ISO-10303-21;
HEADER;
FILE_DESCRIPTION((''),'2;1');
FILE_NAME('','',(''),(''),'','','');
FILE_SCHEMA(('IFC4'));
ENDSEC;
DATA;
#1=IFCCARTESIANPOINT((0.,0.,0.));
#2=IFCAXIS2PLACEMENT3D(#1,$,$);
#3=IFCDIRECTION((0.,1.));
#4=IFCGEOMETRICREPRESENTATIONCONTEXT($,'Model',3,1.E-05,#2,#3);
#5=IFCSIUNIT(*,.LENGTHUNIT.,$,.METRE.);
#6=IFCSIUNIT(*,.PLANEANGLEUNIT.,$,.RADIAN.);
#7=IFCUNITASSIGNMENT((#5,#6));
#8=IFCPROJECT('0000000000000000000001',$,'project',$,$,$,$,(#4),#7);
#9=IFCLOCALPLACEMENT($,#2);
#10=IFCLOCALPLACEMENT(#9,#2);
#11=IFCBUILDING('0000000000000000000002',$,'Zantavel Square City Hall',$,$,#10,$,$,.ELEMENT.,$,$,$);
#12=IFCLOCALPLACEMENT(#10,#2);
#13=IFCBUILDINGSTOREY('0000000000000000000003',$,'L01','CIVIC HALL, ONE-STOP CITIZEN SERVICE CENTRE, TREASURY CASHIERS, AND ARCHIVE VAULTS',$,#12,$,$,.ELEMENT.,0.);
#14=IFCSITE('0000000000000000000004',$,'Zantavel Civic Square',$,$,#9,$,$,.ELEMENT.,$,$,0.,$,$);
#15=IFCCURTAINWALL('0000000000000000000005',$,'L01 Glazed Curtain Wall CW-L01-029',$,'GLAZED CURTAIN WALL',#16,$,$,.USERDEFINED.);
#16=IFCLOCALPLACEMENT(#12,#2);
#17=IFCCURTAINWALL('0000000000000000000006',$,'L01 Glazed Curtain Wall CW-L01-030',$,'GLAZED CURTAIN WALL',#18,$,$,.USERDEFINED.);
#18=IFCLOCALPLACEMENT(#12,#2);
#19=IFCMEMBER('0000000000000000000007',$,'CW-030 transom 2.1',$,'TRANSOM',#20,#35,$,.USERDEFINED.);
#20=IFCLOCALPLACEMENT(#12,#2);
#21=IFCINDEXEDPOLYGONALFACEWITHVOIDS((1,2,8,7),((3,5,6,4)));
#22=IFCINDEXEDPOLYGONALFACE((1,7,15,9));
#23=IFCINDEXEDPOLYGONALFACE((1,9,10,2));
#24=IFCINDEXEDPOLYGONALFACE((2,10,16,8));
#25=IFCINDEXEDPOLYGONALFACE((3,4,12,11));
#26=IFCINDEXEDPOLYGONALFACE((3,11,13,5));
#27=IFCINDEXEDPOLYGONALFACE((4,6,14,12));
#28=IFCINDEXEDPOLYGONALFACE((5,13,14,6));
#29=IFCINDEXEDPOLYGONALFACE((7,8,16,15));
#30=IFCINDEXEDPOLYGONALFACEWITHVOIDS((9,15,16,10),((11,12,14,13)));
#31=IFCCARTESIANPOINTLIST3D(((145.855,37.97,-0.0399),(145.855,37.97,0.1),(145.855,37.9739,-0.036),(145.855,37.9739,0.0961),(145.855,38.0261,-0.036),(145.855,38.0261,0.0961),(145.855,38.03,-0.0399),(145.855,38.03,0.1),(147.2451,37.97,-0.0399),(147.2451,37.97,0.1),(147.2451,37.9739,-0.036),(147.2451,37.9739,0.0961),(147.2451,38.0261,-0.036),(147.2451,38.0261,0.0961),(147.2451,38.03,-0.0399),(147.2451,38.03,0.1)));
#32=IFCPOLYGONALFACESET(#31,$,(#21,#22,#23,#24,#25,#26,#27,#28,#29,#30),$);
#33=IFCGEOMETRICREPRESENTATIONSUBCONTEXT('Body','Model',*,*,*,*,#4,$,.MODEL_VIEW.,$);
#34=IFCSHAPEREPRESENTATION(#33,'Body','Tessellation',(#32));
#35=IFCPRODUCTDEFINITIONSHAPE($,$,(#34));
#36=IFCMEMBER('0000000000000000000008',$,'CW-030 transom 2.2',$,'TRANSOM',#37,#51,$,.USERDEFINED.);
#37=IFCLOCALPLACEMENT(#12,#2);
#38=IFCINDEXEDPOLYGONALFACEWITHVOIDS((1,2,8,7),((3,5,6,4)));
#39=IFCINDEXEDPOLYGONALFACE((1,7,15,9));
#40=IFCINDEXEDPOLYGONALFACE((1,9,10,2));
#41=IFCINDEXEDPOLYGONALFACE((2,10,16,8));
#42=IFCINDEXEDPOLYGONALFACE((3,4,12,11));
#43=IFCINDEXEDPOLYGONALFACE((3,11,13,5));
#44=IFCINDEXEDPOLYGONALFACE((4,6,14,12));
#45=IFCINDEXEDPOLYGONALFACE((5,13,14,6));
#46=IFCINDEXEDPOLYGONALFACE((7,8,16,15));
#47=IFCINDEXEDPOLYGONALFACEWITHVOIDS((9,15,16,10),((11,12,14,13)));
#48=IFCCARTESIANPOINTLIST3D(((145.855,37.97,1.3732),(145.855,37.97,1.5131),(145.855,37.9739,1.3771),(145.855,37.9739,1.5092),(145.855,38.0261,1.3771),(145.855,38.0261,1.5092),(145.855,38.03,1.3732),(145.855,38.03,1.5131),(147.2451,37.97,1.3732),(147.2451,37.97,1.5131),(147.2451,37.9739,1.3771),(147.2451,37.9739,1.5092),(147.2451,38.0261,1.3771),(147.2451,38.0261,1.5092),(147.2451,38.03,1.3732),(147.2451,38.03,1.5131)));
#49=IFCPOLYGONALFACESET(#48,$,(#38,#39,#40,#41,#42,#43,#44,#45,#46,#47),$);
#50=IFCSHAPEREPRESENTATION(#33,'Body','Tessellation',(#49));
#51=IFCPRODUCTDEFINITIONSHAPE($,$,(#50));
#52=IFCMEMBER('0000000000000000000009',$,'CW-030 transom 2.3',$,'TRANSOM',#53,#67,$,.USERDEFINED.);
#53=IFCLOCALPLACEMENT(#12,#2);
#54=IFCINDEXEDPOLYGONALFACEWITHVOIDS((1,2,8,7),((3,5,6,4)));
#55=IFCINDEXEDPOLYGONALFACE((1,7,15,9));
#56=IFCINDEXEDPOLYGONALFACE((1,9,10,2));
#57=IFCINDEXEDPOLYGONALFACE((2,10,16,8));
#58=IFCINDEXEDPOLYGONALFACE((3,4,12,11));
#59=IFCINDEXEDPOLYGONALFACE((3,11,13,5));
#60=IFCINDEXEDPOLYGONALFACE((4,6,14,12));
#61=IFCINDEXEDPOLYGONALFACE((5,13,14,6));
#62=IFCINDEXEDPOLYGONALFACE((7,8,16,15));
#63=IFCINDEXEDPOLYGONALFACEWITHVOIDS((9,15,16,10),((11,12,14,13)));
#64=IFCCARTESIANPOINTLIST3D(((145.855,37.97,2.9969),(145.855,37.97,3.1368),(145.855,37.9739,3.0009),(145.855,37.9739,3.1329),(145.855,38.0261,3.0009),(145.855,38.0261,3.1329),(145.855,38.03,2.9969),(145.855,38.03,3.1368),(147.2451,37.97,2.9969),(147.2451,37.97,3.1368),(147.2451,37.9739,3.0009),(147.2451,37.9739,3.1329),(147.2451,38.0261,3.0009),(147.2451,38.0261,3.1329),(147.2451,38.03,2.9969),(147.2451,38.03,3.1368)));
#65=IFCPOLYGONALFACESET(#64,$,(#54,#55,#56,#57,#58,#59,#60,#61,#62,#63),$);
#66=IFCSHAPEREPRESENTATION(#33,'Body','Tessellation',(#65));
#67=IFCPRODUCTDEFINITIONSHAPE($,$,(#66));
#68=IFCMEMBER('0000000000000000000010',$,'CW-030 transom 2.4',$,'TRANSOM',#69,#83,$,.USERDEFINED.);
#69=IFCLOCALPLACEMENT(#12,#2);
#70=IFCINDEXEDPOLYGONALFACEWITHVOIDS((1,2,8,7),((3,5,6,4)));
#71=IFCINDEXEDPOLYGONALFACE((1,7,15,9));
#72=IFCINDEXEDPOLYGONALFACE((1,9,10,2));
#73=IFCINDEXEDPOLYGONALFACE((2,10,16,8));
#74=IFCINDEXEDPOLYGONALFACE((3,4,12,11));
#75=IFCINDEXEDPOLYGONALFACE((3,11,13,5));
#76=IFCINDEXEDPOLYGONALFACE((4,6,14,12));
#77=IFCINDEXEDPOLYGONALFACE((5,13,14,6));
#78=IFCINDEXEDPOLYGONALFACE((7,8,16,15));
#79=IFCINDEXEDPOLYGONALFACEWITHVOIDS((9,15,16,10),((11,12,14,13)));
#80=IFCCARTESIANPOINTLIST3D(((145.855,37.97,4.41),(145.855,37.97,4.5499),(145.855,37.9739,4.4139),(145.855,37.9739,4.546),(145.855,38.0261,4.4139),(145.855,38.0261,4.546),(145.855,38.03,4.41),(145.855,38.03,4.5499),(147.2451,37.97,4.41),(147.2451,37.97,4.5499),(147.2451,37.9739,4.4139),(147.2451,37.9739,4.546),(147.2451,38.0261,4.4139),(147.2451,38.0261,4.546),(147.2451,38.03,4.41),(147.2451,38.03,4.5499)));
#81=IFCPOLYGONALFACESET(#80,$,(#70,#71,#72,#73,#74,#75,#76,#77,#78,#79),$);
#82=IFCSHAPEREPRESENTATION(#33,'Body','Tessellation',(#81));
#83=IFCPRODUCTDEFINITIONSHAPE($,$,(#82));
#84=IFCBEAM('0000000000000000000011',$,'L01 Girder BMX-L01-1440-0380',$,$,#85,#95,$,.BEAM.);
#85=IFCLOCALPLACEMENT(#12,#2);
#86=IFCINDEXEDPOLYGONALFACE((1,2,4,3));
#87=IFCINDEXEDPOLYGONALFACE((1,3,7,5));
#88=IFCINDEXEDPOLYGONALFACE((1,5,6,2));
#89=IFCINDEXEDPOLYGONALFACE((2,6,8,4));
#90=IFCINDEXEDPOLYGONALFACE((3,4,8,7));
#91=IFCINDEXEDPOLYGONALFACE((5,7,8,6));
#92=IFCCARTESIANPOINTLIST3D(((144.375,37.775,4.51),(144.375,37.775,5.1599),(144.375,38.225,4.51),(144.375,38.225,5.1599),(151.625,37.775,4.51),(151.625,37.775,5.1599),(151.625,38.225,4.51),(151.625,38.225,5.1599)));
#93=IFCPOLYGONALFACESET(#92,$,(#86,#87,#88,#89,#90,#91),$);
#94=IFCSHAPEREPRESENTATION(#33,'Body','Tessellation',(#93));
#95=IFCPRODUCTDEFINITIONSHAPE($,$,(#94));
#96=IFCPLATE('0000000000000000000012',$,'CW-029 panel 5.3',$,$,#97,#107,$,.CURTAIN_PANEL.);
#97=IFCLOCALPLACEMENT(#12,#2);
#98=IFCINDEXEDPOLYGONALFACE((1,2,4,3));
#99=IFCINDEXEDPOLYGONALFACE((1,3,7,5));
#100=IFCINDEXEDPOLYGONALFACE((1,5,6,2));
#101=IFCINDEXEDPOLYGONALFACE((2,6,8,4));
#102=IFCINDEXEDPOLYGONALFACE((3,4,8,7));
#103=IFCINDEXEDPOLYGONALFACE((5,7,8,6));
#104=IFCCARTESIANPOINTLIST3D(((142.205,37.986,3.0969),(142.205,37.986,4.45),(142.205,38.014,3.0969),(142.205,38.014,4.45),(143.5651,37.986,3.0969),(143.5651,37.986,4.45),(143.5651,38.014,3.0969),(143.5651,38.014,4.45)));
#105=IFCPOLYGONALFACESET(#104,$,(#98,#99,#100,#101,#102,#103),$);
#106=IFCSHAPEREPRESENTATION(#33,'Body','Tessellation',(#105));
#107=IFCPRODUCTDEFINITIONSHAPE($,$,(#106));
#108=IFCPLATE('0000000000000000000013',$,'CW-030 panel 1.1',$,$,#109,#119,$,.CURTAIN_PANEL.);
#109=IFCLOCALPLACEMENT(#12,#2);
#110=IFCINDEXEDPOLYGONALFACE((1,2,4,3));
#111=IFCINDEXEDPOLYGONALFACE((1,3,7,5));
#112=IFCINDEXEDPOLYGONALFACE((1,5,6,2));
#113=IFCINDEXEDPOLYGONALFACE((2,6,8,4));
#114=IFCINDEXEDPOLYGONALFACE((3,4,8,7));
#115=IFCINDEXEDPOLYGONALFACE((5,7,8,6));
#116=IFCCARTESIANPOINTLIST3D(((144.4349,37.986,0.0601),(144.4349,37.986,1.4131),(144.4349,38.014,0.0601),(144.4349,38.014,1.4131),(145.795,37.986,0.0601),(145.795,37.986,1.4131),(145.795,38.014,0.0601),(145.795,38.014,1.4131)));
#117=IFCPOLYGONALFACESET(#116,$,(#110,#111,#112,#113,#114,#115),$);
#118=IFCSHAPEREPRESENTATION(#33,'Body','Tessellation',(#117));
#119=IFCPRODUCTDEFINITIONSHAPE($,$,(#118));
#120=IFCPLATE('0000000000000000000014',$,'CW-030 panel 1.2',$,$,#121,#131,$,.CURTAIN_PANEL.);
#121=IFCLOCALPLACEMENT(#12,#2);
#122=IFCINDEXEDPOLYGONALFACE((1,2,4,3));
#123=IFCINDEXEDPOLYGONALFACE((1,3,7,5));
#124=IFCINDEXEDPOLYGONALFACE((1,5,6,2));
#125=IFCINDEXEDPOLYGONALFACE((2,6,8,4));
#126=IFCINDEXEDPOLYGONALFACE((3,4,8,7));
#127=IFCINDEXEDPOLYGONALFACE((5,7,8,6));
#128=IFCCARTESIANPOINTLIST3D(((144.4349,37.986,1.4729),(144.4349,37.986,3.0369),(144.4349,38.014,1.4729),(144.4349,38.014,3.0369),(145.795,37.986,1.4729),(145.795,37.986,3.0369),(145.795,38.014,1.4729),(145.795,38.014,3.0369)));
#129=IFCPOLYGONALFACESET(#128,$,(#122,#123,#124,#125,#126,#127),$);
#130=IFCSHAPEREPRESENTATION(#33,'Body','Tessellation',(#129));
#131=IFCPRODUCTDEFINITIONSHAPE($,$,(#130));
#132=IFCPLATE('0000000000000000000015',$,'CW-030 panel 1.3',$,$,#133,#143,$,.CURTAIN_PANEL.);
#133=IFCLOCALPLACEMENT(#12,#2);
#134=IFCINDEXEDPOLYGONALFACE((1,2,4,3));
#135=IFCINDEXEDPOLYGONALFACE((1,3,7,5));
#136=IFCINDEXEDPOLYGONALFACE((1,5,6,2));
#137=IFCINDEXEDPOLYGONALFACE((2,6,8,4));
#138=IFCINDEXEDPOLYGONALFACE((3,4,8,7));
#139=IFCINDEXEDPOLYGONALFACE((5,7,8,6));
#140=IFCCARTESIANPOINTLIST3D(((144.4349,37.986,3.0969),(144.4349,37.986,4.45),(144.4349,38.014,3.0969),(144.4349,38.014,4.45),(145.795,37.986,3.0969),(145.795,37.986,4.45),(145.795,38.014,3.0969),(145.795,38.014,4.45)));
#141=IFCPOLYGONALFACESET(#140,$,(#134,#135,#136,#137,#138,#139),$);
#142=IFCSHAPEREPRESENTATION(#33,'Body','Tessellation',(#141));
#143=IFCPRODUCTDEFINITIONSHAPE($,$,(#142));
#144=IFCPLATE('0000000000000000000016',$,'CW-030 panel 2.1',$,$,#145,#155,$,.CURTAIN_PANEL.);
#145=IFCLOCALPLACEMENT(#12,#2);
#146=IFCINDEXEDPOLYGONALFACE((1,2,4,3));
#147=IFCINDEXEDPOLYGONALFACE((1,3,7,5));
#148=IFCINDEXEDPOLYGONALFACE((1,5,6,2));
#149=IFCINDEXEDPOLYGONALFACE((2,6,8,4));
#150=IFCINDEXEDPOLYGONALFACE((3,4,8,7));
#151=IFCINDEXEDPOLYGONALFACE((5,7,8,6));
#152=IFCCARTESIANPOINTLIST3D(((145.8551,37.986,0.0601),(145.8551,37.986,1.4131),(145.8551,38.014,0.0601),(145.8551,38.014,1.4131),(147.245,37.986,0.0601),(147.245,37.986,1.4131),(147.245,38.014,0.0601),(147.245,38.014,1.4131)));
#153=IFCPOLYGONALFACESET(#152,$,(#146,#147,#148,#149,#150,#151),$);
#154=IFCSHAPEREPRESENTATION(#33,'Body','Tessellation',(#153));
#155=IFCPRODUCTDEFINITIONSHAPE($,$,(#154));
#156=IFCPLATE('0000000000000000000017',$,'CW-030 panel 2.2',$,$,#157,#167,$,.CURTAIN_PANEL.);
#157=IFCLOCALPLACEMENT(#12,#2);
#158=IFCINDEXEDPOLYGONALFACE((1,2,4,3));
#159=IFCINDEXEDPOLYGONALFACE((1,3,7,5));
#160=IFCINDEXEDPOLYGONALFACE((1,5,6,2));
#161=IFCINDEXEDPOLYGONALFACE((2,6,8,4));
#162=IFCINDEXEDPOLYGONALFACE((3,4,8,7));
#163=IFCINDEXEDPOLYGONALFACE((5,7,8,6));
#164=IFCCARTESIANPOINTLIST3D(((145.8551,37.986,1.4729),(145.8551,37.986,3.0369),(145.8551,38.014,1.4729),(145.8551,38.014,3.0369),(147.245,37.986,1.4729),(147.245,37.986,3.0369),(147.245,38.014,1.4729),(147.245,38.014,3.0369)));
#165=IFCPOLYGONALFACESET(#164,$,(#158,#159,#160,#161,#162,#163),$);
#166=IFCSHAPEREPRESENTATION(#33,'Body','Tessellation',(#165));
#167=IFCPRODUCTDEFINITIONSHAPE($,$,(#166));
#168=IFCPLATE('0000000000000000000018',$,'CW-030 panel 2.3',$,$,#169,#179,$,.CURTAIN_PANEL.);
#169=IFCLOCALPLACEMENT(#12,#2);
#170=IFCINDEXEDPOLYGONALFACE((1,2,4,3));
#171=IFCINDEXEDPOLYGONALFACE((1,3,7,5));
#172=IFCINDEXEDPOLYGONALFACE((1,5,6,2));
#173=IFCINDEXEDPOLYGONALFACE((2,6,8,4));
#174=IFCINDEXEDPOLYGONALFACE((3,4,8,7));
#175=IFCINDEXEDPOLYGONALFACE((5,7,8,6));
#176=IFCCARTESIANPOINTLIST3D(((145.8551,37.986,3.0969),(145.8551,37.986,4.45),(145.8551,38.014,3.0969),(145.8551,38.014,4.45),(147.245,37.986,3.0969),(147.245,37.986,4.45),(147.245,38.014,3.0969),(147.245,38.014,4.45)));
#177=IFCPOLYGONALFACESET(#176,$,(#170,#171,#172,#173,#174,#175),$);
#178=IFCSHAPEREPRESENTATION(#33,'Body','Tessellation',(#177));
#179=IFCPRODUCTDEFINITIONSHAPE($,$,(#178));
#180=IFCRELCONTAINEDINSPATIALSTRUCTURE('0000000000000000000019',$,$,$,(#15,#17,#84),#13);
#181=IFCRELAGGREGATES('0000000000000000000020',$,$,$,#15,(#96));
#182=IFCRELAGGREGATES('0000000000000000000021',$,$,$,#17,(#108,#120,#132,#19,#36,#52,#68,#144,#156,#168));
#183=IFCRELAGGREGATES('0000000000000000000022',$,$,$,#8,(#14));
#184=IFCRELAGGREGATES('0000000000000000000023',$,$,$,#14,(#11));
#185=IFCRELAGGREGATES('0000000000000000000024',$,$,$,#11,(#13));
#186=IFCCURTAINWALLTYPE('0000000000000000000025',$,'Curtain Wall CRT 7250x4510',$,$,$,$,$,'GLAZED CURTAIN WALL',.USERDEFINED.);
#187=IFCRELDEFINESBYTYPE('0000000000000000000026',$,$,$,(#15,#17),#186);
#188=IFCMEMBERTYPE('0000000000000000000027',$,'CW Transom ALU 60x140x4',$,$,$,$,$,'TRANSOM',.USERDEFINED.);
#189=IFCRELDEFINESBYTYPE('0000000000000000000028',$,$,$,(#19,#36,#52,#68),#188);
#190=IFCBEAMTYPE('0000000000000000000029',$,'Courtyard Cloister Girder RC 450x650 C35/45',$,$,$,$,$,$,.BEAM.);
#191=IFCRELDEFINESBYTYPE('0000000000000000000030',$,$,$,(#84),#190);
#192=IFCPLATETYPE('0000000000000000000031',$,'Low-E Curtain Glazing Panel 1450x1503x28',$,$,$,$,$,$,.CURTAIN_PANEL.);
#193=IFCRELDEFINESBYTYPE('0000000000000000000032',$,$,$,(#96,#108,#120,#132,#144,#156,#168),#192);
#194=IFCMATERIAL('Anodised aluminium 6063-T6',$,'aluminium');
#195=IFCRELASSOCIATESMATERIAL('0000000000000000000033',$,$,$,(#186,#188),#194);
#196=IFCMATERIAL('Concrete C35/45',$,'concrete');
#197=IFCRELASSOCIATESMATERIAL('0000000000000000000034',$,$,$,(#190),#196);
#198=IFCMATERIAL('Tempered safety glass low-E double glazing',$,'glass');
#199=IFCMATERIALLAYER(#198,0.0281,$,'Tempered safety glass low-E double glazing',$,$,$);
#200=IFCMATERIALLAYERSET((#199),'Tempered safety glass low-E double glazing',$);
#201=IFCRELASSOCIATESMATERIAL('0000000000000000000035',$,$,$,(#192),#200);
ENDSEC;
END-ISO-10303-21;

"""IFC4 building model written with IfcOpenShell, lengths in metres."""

from ifc_helpers import new_model, si_unit, direction, frame, origin, origin_2d, place, context, subcontext, project, spatial, rectangle, hollow_rectangle, extrude, material, layer, layer_set, material_profile, profile_set, type_object, element, aggregate, save


model = new_model("IFC4")

# Units and contexts
model_context = context("Model", 3, precision=1e-05, world=origin(), true_north=direction((0.0, 1.0)))
body_context = subcontext(model_context, "Body", "Model", "MODEL_VIEW")
ifc_project = project(units=[si_unit("LENGTHUNIT", "METRE"), si_unit("PLANEANGLEUNIT", "RADIAN")], contexts=[model_context])

# Site, building, storey
site_placement = place(None, origin())
site = spatial("IfcSite", under=ifc_project, at=site_placement, Name="Zantavel Civic Square", CompositionType="ELEMENT", RefElevation=0.0)
building_placement = place(site_placement, origin())
building = spatial("IfcBuilding", under=site, at=building_placement, Name="Zantavel Square City Hall", CompositionType="ELEMENT")
storey_placement = place(building_placement, origin())
storey = spatial("IfcBuildingStorey", under=building, at=storey_placement, Name="L01", Description="CIVIC HALL, ONE-STOP CITIZEN SERVICE CENTRE, TREASURY CASHIERS, AND ARCHIVE VAULTS", CompositionType="ELEMENT", Elevation=0.0)

# Curtain wall
ifc_material_1 = material(Name="Anodised aluminium 6063-T6", Category="aluminium")
curtain_wall_type = type_object("IfcCurtainWallType", Name="Curtain Wall CRT 7250x4510", ElementType="GLAZED CURTAIN WALL", PredefinedType="USERDEFINED", material=ifc_material_1)
curtain_wall_1_placement = place(storey_placement, origin())
curtain_wall_1 = element("IfcCurtainWall", 1, at=curtain_wall_1_placement, inside=storey, type_object=curtain_wall_type, Name="L01 Glazed Curtain Wall CW-L01-029", ObjectType="GLAZED CURTAIN WALL", PredefinedType="USERDEFINED")

# Curtain wall, members
curtain_wall_2_placement = place(storey_placement, origin())
curtain_wall_2 = element("IfcCurtainWall", 2, at=curtain_wall_2_placement, inside=storey, type_object=curtain_wall_type, Name="L01 Glazed Curtain Wall CW-L01-030", ObjectType="GLAZED CURTAIN WALL", PredefinedType="USERDEFINED")
ifc_material_profile_1 = material_profile(ifc_material_1, hollow_rectangle(XDim=0.0601, YDim=0.1399, WallThickness=0.0039, at=origin_2d()), Name="ALU 60x140x4")
ifc_profile_set_1 = profile_set([ifc_material_profile_1], Name="Anodised aluminium 6063-T6")
member_type_1 = type_object("IfcMemberType", Name="CW Transom ALU 60x140x4", ElementType="TRANSOM", PredefinedType="USERDEFINED", material=ifc_profile_set_1)
member_1_placement = place(storey_placement, frame((145.855, 38.0, 0.03), z_axis=(1.0, 0.0, 0.0), x_axis=(0.0, 1.0, 0.0)))
member_1 = element("IfcMember", 3, at=member_1_placement, type_object=member_type_1, Name="CW-030 transom 2.1", ObjectType="TRANSOM", PredefinedType="USERDEFINED", context=body_context, shape_type="SweptSolid", body=[
    extrude(hollow_rectangle(XDim=0.0601, YDim=0.1399, WallThickness=0.0039, at=origin_2d()), origin(), (0.0, 0.0, 1.0), 1.3901),
])
member_2_placement = place(storey_placement, frame((145.855, 38.0, 1.4431), z_axis=(1.0, 0.0, 0.0), x_axis=(0.0, 1.0, 0.0)))
member_2 = element("IfcMember", 4, at=member_2_placement, type_object=member_type_1, Name="CW-030 transom 2.2", ObjectType="TRANSOM", PredefinedType="USERDEFINED", context=body_context, shape_type="SweptSolid", body=[
    extrude(hollow_rectangle(XDim=0.0601, YDim=0.1399, WallThickness=0.0039, at=origin_2d()), origin(), (0.0, 0.0, 1.0), 1.3901),
])
member_3_placement = place(storey_placement, frame((145.855, 38.0, 3.0669), z_axis=(1.0, 0.0, 0.0), x_axis=(0.0, 1.0, 0.0)))
member_3 = element("IfcMember", 5, at=member_3_placement, type_object=member_type_1, Name="CW-030 transom 2.3", ObjectType="TRANSOM", PredefinedType="USERDEFINED", context=body_context, shape_type="SweptSolid", body=[
    extrude(hollow_rectangle(XDim=0.0601, YDim=0.1399, WallThickness=0.0039, at=origin_2d()), origin(), (0.0, 0.0, 1.0), 1.3901),
])
member_4_placement = place(storey_placement, frame((145.855, 38.0, 4.48), z_axis=(1.0, 0.0, 0.0), x_axis=(0.0, 1.0, 0.0)))
member_4 = element("IfcMember", 6, at=member_4_placement, type_object=member_type_1, Name="CW-030 transom 2.4", ObjectType="TRANSOM", PredefinedType="USERDEFINED", context=body_context, shape_type="SweptSolid", body=[
    extrude(hollow_rectangle(XDim=0.0601, YDim=0.1399, WallThickness=0.0039, at=origin_2d()), origin(), (0.0, 0.0, 1.0), 1.3901),
])

# Beam
ifc_material_2 = material(Name="Concrete C35/45", Category="concrete")
ifc_material_profile_2 = material_profile(ifc_material_2, rectangle(XDim=0.45, YDim=0.6499, at=origin_2d()), Name="RC 450x650")
ifc_profile_set_2 = profile_set([ifc_material_profile_2], Name="Concrete C35/45")
beam_type = type_object("IfcBeamType", Name="Courtyard Cloister Girder RC 450x650 C35/45", PredefinedType="BEAM", material=ifc_profile_set_2)
beam_placement = place(storey_placement, frame((144.375, 38.0, 4.835), z_axis=(1.0, 0.0, 0.0), x_axis=(0.0, 1.0, 0.0)))
element("IfcBeam", 7, at=beam_placement, inside=storey, type_object=beam_type, Name="L01 Girder BMX-L01-1440-0380", PredefinedType="BEAM", context=body_context, shape_type="SweptSolid", body=[
    extrude(rectangle(XDim=0.45, YDim=0.6499, at=origin_2d()), origin(), (0.0, 0.0, 1.0), 7.25),
])

# Plates
ifc_material_3 = material(Name="Tempered safety glass low-E double glazing", Category="glass")
ifc_layer = layer(ifc_material_3, 0.0281, Name="Tempered safety glass low-E double glazing")
ifc_layer_set = layer_set([ifc_layer], Name="Tempered safety glass low-E double glazing")
plate_type = type_object("IfcPlateType", Name="Low-E Curtain Glazing Panel 1450x1503x28", PredefinedType="CURTAIN_PANEL", material=ifc_layer_set)
plate_1_placement = place(storey_placement, frame((142.885, 38.0, 3.0969), z_axis=(0.0, 0.0, 1.0), x_axis=(1.0, 0.0, 0.0)))
plate_1 = element("IfcPlate", 8, at=plate_1_placement, type_object=plate_type, Name="CW-029 panel 5.3", PredefinedType="CURTAIN_PANEL", context=body_context, shape_type="SweptSolid", body=[
    extrude(rectangle(XDim=1.3601, YDim=0.0281, at=origin_2d()), origin(), (0.0, 0.0, 1.0), 1.353),
])
aggregate(curtain_wall_1, [plate_1])
plate_2_placement = place(storey_placement, frame((145.115, 38.0, 0.0601), z_axis=(0.0, 0.0, 1.0), x_axis=(1.0, 0.0, 0.0)))
plate_2 = element("IfcPlate", 9, at=plate_2_placement, type_object=plate_type, Name="CW-030 panel 1.1", PredefinedType="CURTAIN_PANEL", context=body_context, shape_type="SweptSolid", body=[
    extrude(rectangle(XDim=1.3601, YDim=0.0281, at=origin_2d()), origin(), (0.0, 0.0, 1.0), 1.353),
])
plate_3_placement = place(storey_placement, frame((145.115, 38.0, 1.4729), z_axis=(0.0, 0.0, 1.0), x_axis=(1.0, 0.0, 0.0)))
plate_3 = element("IfcPlate", 10, at=plate_3_placement, type_object=plate_type, Name="CW-030 panel 1.2", PredefinedType="CURTAIN_PANEL", context=body_context, shape_type="SweptSolid", body=[
    extrude(rectangle(XDim=1.3601, YDim=0.0281, at=origin_2d()), origin(), (0.0, 0.0, 1.0), 1.564),
])
plate_4_placement = place(storey_placement, frame((145.115, 38.0, 3.0969), z_axis=(0.0, 0.0, 1.0), x_axis=(1.0, 0.0, 0.0)))
plate_4 = element("IfcPlate", 11, at=plate_4_placement, type_object=plate_type, Name="CW-030 panel 1.3", PredefinedType="CURTAIN_PANEL", context=body_context, shape_type="SweptSolid", body=[
    extrude(rectangle(XDim=1.3601, YDim=0.0281, at=origin_2d()), origin(), (0.0, 0.0, 1.0), 1.353),
])
plate_5_placement = place(storey_placement, frame((146.55, 38.0, 0.0601), z_axis=(0.0, 0.0, 1.0), x_axis=(1.0, 0.0, 0.0)))
plate_5 = element("IfcPlate", 12, at=plate_5_placement, type_object=plate_type, Name="CW-030 panel 2.1", PredefinedType="CURTAIN_PANEL", context=body_context, shape_type="SweptSolid", body=[
    extrude(rectangle(XDim=1.3899, YDim=0.0281, at=origin_2d()), origin(), (0.0, 0.0, 1.0), 1.353),
])
plate_6_placement = place(storey_placement, frame((146.55, 38.0, 1.4729), z_axis=(0.0, 0.0, 1.0), x_axis=(1.0, 0.0, 0.0)))
plate_6 = element("IfcPlate", 13, at=plate_6_placement, type_object=plate_type, Name="CW-030 panel 2.2", PredefinedType="CURTAIN_PANEL", context=body_context, shape_type="SweptSolid", body=[
    extrude(rectangle(XDim=1.3899, YDim=0.0281, at=origin_2d()), origin(), (0.0, 0.0, 1.0), 1.564),
])
plate_7_placement = place(storey_placement, frame((146.55, 38.0, 3.0969), z_axis=(0.0, 0.0, 1.0), x_axis=(1.0, 0.0, 0.0)))
plate_7 = element("IfcPlate", 14, at=plate_7_placement, type_object=plate_type, Name="CW-030 panel 2.3", PredefinedType="CURTAIN_PANEL", context=body_context, shape_type="SweptSolid", body=[
    extrude(rectangle(XDim=1.3899, YDim=0.0281, at=origin_2d()), origin(), (0.0, 0.0, 1.0), 1.353),
])
aggregate(curtain_wall_2, [plate_2, plate_3, plate_4, member_1, member_2, member_3, member_4, plate_5, plate_6, plate_7])

save(model, "model.ifc")
